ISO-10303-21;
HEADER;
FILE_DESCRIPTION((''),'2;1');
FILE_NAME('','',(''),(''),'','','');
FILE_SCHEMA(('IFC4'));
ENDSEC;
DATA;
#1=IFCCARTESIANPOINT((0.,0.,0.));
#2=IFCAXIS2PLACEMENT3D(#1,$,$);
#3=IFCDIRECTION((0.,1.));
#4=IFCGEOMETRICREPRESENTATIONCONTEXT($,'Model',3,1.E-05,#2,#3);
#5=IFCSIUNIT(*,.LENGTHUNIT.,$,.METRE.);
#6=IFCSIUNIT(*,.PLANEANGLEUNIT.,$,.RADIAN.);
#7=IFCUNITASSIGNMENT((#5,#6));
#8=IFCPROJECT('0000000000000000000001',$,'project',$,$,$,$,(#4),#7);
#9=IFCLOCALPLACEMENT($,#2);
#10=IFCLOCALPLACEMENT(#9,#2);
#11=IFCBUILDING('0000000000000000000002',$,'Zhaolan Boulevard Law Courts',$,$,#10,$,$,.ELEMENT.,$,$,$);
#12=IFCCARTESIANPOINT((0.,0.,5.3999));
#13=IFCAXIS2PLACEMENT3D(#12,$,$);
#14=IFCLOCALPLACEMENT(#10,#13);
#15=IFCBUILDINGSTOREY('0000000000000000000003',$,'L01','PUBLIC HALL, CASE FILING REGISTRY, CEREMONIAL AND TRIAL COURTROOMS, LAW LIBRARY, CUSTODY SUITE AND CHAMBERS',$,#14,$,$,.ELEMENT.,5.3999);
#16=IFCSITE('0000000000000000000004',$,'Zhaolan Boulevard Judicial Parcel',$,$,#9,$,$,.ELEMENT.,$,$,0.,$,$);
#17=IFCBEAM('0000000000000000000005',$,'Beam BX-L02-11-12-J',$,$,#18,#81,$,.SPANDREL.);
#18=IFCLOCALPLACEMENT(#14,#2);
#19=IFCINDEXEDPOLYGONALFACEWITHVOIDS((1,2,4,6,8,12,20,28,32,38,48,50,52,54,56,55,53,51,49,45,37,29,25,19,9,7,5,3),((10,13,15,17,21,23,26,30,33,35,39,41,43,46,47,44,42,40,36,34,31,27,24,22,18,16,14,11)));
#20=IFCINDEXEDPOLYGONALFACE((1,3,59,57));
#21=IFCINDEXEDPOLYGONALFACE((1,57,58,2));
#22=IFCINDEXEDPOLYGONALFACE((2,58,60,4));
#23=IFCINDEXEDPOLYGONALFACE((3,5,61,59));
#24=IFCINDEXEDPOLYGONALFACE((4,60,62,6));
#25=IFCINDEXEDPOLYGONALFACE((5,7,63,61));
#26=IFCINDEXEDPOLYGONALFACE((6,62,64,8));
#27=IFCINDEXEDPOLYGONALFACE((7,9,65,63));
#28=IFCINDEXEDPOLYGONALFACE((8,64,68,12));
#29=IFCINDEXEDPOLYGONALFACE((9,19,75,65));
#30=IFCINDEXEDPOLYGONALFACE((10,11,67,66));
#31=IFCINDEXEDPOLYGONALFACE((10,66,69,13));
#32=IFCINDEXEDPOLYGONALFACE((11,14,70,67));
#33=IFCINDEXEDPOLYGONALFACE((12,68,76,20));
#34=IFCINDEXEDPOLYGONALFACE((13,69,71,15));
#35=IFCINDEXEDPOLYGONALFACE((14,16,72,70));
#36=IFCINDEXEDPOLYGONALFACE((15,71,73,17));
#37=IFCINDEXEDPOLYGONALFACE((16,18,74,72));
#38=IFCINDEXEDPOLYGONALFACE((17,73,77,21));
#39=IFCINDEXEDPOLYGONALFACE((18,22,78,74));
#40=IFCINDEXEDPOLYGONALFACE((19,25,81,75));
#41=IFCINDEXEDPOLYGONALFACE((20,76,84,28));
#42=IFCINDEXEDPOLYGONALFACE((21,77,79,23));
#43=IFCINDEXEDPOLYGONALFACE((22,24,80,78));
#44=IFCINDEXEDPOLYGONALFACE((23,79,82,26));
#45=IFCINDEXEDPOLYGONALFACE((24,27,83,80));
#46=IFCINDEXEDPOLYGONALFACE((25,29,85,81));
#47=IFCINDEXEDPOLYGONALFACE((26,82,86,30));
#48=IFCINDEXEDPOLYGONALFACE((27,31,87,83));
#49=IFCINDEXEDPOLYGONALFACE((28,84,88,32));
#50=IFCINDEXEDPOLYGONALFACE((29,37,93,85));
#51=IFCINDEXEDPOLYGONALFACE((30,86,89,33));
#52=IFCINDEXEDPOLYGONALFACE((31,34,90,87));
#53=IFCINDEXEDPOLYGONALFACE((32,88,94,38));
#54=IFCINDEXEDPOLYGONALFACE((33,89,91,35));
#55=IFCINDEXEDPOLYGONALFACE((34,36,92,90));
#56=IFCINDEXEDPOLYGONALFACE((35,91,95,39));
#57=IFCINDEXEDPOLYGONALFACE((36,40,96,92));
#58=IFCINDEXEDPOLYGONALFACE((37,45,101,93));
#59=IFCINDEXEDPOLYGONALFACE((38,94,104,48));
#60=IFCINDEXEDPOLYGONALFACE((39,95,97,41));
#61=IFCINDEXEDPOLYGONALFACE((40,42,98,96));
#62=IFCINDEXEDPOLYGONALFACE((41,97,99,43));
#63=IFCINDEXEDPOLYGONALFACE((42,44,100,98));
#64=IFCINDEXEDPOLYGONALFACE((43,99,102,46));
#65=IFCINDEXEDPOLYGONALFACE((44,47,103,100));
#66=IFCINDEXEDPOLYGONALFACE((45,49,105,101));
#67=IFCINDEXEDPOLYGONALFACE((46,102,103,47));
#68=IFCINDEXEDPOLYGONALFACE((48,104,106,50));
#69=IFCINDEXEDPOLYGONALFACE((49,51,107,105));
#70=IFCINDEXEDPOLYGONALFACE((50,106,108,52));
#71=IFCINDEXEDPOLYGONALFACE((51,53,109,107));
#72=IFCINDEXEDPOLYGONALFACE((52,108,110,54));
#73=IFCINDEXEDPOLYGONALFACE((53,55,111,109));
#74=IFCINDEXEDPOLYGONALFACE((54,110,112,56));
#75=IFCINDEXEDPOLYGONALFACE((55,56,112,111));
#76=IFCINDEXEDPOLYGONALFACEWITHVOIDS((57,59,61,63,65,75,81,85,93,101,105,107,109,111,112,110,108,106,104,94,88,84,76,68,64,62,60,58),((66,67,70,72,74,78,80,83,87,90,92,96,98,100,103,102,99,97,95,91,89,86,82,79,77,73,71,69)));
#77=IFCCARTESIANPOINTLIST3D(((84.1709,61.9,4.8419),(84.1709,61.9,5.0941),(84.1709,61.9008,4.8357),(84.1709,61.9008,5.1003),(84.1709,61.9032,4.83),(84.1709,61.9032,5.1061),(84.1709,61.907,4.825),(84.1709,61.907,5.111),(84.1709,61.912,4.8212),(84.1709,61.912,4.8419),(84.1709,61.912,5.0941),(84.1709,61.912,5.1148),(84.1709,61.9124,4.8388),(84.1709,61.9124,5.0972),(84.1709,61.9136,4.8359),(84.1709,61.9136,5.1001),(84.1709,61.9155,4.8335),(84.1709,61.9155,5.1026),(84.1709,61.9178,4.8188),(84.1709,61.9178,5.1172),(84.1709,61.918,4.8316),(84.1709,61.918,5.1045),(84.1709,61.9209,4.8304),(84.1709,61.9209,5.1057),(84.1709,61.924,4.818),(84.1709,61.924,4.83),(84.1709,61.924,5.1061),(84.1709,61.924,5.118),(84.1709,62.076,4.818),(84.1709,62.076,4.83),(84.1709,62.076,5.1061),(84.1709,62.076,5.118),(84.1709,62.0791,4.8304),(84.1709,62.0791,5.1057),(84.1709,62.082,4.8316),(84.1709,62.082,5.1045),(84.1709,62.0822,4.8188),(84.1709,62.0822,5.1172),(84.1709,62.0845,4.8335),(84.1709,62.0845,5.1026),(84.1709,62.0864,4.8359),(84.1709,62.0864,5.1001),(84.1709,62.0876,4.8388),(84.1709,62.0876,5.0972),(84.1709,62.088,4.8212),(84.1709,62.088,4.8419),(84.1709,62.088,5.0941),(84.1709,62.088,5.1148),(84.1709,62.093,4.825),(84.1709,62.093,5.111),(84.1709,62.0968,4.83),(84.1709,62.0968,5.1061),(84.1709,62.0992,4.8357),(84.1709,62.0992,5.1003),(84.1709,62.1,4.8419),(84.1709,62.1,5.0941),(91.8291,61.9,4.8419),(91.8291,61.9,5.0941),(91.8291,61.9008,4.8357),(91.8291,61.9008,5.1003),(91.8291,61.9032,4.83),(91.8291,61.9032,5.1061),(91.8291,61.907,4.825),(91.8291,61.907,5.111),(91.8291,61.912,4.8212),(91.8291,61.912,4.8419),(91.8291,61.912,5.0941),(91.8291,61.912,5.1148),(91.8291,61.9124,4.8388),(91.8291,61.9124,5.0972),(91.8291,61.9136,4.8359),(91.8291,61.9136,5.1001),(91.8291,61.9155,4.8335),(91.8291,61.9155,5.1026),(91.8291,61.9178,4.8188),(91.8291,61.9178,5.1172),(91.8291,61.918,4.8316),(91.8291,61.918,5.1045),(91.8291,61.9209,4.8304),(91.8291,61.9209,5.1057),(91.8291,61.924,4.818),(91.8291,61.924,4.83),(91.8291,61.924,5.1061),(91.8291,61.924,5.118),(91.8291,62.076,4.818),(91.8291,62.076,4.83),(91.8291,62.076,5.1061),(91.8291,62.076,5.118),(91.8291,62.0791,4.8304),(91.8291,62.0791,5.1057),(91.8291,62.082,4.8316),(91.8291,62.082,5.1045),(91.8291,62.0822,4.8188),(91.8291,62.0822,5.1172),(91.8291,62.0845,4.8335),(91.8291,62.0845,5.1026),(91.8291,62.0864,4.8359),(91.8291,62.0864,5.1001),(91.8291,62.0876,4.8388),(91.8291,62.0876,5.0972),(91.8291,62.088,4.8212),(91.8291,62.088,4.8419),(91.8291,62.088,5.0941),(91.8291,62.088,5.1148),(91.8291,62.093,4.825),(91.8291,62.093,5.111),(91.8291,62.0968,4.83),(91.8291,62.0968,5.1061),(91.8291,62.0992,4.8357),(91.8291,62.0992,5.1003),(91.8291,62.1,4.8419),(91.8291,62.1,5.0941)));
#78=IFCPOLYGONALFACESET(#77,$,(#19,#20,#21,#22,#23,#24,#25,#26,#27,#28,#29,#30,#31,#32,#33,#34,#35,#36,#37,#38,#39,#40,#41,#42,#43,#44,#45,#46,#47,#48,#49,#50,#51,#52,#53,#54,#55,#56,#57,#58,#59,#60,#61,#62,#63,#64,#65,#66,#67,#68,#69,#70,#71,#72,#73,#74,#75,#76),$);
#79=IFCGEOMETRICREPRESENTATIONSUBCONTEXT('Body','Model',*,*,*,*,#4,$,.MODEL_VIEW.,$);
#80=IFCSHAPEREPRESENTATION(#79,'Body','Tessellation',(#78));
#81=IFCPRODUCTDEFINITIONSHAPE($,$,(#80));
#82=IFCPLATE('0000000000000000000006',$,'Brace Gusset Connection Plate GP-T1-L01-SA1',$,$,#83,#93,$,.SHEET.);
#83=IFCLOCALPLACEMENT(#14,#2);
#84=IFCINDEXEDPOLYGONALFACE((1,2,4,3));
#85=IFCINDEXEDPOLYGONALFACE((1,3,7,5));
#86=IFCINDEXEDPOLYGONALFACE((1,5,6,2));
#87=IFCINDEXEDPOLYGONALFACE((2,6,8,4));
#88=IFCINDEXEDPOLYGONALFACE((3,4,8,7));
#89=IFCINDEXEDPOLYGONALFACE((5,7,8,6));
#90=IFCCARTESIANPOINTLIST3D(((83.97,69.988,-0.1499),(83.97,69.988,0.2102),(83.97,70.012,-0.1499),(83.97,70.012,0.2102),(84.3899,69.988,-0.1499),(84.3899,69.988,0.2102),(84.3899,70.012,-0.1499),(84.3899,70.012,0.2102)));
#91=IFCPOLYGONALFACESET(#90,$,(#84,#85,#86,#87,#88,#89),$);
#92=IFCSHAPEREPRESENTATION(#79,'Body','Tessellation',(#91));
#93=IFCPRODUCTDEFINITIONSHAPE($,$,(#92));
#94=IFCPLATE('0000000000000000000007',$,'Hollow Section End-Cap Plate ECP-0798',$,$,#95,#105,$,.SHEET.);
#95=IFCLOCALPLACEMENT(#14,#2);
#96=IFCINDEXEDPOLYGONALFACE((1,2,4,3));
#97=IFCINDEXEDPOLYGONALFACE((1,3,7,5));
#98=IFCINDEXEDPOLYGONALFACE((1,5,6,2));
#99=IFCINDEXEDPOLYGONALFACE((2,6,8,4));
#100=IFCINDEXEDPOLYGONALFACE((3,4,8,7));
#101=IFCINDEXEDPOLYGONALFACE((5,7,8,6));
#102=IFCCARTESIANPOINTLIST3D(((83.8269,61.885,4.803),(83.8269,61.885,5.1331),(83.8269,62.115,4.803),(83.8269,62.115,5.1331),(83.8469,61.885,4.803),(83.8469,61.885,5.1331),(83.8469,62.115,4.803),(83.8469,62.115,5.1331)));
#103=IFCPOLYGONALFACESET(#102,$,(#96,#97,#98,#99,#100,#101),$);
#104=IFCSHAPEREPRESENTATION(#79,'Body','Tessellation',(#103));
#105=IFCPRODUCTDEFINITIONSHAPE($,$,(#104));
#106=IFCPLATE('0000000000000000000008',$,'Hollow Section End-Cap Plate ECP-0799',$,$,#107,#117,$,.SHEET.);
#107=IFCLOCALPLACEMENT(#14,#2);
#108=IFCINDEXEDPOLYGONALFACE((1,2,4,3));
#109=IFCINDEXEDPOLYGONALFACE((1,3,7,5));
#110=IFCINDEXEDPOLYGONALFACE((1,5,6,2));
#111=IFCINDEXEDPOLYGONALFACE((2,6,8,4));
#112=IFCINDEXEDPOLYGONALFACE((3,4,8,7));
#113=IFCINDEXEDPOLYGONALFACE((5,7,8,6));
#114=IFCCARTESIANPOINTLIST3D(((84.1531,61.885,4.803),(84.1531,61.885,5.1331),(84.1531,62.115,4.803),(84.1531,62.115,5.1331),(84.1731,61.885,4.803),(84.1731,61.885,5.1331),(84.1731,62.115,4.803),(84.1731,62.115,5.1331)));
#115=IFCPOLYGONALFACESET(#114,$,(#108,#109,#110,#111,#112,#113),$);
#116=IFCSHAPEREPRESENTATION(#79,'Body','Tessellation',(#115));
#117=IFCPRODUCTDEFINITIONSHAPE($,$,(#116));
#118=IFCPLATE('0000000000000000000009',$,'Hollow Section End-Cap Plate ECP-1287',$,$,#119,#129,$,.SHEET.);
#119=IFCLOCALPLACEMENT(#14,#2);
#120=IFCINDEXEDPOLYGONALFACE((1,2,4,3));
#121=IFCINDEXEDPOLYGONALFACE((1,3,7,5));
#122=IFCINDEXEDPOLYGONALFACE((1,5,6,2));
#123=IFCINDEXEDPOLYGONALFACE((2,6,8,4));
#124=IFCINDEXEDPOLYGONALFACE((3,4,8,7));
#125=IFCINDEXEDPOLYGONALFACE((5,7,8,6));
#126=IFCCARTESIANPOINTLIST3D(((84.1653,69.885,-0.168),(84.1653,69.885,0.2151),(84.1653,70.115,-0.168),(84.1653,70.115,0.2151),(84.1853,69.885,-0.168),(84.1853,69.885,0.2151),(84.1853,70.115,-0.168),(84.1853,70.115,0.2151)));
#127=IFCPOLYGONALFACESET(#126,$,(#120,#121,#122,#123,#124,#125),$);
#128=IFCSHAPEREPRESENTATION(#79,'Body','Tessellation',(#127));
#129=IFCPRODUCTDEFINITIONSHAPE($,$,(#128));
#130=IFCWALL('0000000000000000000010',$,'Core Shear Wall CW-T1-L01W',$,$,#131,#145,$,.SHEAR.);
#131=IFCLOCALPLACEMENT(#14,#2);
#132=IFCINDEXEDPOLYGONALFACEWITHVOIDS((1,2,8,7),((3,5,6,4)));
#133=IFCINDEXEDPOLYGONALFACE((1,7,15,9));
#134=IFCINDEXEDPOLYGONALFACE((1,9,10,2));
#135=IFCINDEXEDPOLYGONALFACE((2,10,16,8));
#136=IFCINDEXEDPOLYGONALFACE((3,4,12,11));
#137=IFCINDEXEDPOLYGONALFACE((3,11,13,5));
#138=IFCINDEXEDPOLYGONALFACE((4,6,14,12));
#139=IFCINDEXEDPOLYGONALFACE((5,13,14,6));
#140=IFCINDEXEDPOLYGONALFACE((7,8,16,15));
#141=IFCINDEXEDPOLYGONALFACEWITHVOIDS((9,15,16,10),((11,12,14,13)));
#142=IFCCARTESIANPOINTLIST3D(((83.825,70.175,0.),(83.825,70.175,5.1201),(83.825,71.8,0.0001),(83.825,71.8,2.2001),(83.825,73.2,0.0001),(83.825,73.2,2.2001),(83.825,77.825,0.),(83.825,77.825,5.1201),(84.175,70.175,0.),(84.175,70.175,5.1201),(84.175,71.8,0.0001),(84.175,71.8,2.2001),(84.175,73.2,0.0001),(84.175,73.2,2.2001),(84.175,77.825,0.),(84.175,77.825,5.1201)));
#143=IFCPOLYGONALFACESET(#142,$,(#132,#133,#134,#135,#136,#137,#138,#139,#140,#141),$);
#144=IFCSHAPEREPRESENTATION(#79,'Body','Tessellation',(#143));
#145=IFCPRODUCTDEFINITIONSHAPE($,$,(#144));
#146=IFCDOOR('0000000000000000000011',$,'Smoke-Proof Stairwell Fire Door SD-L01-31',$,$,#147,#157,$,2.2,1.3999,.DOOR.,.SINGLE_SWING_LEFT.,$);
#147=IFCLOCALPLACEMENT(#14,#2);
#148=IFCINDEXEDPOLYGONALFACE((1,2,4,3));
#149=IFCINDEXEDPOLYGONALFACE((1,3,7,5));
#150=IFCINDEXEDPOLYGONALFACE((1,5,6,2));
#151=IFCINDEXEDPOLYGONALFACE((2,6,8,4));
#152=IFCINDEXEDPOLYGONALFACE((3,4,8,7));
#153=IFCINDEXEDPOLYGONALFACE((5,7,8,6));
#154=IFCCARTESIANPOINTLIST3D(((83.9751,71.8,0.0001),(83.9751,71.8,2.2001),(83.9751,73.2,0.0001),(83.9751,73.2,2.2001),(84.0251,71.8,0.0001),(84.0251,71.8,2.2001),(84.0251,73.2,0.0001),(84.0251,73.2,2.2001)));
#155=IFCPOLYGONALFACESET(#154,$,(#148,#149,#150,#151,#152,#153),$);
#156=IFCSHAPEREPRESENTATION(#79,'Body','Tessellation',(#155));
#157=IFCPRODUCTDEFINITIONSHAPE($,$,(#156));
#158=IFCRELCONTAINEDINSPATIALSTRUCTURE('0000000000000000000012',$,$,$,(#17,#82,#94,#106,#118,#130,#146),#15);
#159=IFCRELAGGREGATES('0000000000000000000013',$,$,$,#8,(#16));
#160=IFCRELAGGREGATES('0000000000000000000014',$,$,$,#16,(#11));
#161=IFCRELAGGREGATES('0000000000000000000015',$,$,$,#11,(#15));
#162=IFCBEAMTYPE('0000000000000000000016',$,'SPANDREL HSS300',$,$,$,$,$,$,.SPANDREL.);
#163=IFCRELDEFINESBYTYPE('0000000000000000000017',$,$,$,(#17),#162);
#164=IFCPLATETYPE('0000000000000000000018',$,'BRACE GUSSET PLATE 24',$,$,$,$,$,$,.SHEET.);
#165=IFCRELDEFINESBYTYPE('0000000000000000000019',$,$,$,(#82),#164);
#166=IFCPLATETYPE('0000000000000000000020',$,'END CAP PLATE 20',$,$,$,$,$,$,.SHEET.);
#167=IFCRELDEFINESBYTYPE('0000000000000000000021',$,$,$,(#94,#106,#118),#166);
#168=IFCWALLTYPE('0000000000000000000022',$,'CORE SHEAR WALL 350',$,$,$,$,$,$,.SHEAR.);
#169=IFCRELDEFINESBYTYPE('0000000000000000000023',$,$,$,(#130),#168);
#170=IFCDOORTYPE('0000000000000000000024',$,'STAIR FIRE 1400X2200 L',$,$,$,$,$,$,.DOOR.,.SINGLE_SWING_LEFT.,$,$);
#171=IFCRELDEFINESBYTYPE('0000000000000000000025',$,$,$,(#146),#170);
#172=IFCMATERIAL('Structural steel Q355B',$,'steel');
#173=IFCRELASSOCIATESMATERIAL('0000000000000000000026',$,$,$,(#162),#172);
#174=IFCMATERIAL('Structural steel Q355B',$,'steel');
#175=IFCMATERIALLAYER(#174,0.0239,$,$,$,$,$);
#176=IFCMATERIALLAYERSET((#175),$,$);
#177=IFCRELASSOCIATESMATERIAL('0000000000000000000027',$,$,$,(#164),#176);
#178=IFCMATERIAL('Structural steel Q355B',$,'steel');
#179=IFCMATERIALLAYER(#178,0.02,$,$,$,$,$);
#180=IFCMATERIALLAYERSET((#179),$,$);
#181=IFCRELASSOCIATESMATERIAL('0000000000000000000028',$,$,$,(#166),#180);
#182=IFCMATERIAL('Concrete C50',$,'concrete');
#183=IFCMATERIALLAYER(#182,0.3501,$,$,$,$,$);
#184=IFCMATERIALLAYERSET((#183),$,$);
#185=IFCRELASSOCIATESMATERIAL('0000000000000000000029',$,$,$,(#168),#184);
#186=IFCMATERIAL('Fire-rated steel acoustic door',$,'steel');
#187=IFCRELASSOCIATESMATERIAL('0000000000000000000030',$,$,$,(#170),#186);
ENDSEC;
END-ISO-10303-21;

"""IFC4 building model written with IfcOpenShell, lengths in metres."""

from ifc_helpers import new_model, si_unit, direction, frame, frame_2d, origin, origin_2d, place, context, subcontext, project, spatial, rectangle, hollow_rectangle, extrude, material, layer, layer_set, material_profile, profile_set, type_object, element, fill, save


model = new_model("IFC4")

# Units and contexts
model_context = context("Model", 3, precision=1e-05, world=origin(), true_north=direction((0.0, 1.0)))
body_context = subcontext(model_context, "Body", "Model", "MODEL_VIEW")
ifc_project = project(units=[si_unit("LENGTHUNIT", "METRE"), si_unit("PLANEANGLEUNIT", "RADIAN")], contexts=[model_context])

# Site, building, storey
site_placement = place(None, origin())
site = spatial("IfcSite", under=ifc_project, at=site_placement, Name="Zhaolan Boulevard Judicial Parcel", CompositionType="ELEMENT", RefElevation=0.0)
building_placement = place(site_placement, origin())
building = spatial("IfcBuilding", under=site, at=building_placement, Name="Zhaolan Boulevard Law Courts", CompositionType="ELEMENT")
storey_placement = place(building_placement, frame((0.0, 0.0, 5.3999)))
storey = spatial("IfcBuildingStorey", under=building, at=storey_placement, Name="L01", Description="PUBLIC HALL, CASE FILING REGISTRY, CEREMONIAL AND TRIAL COURTROOMS, LAW LIBRARY, CUSTODY SUITE AND CHAMBERS", CompositionType="ELEMENT", Elevation=5.3999)

# Beam
ifc_material_1 = material(Name="Structural steel Q355B", Category="steel")
ifc_material_profile_1 = material_profile(ifc_material_1, hollow_rectangle(XDim=0.2, YDim=0.3, WallThickness=0.012, InnerFilletRadius=0.012, OuterFilletRadius=0.0239, at=origin_2d()), Name="HSS300x200x12")
ifc_profile_set_1 = profile_set([ifc_material_profile_1], Name="Structural steel Q355B")
beam_type_1 = type_object("IfcBeamType", Name="SPANDREL HSS300", PredefinedType="SPANDREL", material=ifc_profile_set_1)
beam_1_placement = place(storey_placement, frame((84.1709, 62.0, 4.968), z_axis=(1.0, 0.0, 0.0), x_axis=(0.0, 1.0, 0.0)))
element("IfcBeam", 1, at=beam_1_placement, inside=storey, type_object=beam_type_1, Name="Beam BX-L02-11-12-J", PredefinedType="SPANDREL", context=body_context, shape_type="SweptSolid", body=[
    extrude(hollow_rectangle(XDim=0.2, YDim=0.3, WallThickness=0.012, InnerFilletRadius=0.012, OuterFilletRadius=0.0239, at=origin_2d()), origin(), (0.0, 0.0, 1.0), 7.6582),
])

# Plates
ifc_material_2 = material(Name="Structural steel Q355B", Category="steel")
ifc_layer_1 = layer(ifc_material_2, 0.0239)
ifc_layer_set_1 = layer_set([ifc_layer_1])
plate_type_1 = type_object("IfcPlateType", Name="BRACE GUSSET PLATE 24", PredefinedType="SHEET", material=ifc_layer_set_1)
plate_1_placement = place(storey_placement, frame((84.1799, 70.0, -0.1499), z_axis=(0.0, 0.0, 1.0), x_axis=(1.0, 0.0, 0.0)))
element("IfcPlate", 2, at=plate_1_placement, inside=storey, type_object=plate_type_1, Name="Brace Gusset Connection Plate GP-T1-L01-SA1", PredefinedType="SHEET", context=body_context, shape_type="SweptSolid", body=[
    extrude(rectangle(XDim=0.4199, YDim=0.0239, at=origin_2d()), origin(), (0.0, 0.0, 1.0), 0.3601),
])
ifc_material_3 = material(Name="Structural steel Q355B", Category="steel")
ifc_layer_2 = layer(ifc_material_3, 0.02)
ifc_layer_set_2 = layer_set([ifc_layer_2])
plate_type_2 = type_object("IfcPlateType", Name="END CAP PLATE 20", PredefinedType="SHEET", material=ifc_layer_set_2)
for number, where, z_axis, x_axis, name in (
    (3, (83.8369, 62.0, 4.803), (0.0, 0.0, 1.0), (1.0, 0.0, 0.0), "Hollow Section End-Cap Plate ECP-0798"),
    (4, (84.1631, 62.0, 4.803), (0.0, 0.0, 1.0), (1.0, 0.0, 0.0), "Hollow Section End-Cap Plate ECP-0799"),
):
    element("IfcPlate", number, at=place(storey_placement, frame(where, z_axis=z_axis, x_axis=x_axis)), inside=storey, type_object=plate_type_2, Name=name, PredefinedType="SHEET", context=body_context, shape_type="SweptSolid", body=[
        extrude(rectangle(XDim=0.02, YDim=0.23, at=origin_2d()), origin(), (0.0, 0.0, 1.0), 0.3301),
    ])
plate_2_placement = place(storey_placement, frame((84.1753, 70.0, -0.168), z_axis=(0.0, 0.0, 1.0), x_axis=(1.0, 0.0, 0.0)))
element("IfcPlate", 5, at=plate_2_placement, inside=storey, type_object=plate_type_2, Name="Hollow Section End-Cap Plate ECP-1287", PredefinedType="SHEET", context=body_context, shape_type="SweptSolid", body=[
    extrude(rectangle(XDim=0.02, YDim=0.23, at=origin_2d()), origin(), (0.0, 0.0, 1.0), 0.3831),
])

# Wall, opening, door
ifc_material_4 = material(Name="Concrete C50", Category="concrete")
ifc_layer_3 = layer(ifc_material_4, 0.3501)
ifc_layer_set_3 = layer_set([ifc_layer_3])
wall_type_1 = type_object("IfcWallType", Name="CORE SHEAR WALL 350", PredefinedType="SHEAR", material=ifc_layer_set_3)
wall_1_placement = place(storey_placement, frame((84.0, 70.175, 0.0), z_axis=(0.0, 0.0, 1.0), x_axis=(0.0, 1.0, 0.0)))
wall_1 = element("IfcWall", 6, at=wall_1_placement, inside=storey, type_object=wall_type_1, Name="Core Shear Wall CW-T1-L01W", PredefinedType="SHEAR", context=body_context, shape_type="SweptSolid", body=[
    extrude(rectangle(XDim=7.6499, YDim=0.3501, at=frame_2d((3.825, 0.0))), origin(), (0.0, 0.0, 1.0), 5.1201),
])
opening_1_placement = place(wall_1_placement, frame((1.625, 0.0, 0.0)))
opening_1 = element("IfcOpeningElement", 7, at=opening_1_placement, cuts=wall_1, PredefinedType="OPENING", context=body_context, shape_type="SweptSolid", body=[
    extrude(rectangle(XDim=1.3999, YDim=2.2, at=frame_2d((0.7, 1.1001))), frame((0.0, 0.1851, 0.0), z_axis=(0.0, -1.0, 0.0), x_axis=(1.0, 0.0, 0.0)), (0.0, 0.0, 1.0), 0.3701),
])
ifc_material_5 = material(Name="Fire-rated steel acoustic door", Category="steel")
door_type_1 = type_object("IfcDoorType", Name="STAIR FIRE 1400X2200 L", OperationType="SINGLE_SWING_LEFT", PredefinedType="DOOR", material=ifc_material_5)
door_1_placement = place(opening_1_placement, origin())
door_1 = element("IfcDoor", 8, at=door_1_placement, inside=storey, type_object=door_type_1, Name="Smoke-Proof Stairwell Fire Door SD-L01-31", OperationType="SINGLE_SWING_LEFT", OverallHeight=2.2, OverallWidth=1.3999, PredefinedType="DOOR", context=body_context, shape_type="SweptSolid", body=[
    extrude(rectangle(XDim=1.3999, YDim=2.2, at=frame_2d((0.7, 1.1001))), frame((0.0, 0.0249, 0.0), z_axis=(0.0, -1.0, 0.0), x_axis=(1.0, 0.0, 0.0)), (0.0, 0.0, 1.0), 0.05),
])
fill(opening_1, door_1)

save(model, "model.ifc")
